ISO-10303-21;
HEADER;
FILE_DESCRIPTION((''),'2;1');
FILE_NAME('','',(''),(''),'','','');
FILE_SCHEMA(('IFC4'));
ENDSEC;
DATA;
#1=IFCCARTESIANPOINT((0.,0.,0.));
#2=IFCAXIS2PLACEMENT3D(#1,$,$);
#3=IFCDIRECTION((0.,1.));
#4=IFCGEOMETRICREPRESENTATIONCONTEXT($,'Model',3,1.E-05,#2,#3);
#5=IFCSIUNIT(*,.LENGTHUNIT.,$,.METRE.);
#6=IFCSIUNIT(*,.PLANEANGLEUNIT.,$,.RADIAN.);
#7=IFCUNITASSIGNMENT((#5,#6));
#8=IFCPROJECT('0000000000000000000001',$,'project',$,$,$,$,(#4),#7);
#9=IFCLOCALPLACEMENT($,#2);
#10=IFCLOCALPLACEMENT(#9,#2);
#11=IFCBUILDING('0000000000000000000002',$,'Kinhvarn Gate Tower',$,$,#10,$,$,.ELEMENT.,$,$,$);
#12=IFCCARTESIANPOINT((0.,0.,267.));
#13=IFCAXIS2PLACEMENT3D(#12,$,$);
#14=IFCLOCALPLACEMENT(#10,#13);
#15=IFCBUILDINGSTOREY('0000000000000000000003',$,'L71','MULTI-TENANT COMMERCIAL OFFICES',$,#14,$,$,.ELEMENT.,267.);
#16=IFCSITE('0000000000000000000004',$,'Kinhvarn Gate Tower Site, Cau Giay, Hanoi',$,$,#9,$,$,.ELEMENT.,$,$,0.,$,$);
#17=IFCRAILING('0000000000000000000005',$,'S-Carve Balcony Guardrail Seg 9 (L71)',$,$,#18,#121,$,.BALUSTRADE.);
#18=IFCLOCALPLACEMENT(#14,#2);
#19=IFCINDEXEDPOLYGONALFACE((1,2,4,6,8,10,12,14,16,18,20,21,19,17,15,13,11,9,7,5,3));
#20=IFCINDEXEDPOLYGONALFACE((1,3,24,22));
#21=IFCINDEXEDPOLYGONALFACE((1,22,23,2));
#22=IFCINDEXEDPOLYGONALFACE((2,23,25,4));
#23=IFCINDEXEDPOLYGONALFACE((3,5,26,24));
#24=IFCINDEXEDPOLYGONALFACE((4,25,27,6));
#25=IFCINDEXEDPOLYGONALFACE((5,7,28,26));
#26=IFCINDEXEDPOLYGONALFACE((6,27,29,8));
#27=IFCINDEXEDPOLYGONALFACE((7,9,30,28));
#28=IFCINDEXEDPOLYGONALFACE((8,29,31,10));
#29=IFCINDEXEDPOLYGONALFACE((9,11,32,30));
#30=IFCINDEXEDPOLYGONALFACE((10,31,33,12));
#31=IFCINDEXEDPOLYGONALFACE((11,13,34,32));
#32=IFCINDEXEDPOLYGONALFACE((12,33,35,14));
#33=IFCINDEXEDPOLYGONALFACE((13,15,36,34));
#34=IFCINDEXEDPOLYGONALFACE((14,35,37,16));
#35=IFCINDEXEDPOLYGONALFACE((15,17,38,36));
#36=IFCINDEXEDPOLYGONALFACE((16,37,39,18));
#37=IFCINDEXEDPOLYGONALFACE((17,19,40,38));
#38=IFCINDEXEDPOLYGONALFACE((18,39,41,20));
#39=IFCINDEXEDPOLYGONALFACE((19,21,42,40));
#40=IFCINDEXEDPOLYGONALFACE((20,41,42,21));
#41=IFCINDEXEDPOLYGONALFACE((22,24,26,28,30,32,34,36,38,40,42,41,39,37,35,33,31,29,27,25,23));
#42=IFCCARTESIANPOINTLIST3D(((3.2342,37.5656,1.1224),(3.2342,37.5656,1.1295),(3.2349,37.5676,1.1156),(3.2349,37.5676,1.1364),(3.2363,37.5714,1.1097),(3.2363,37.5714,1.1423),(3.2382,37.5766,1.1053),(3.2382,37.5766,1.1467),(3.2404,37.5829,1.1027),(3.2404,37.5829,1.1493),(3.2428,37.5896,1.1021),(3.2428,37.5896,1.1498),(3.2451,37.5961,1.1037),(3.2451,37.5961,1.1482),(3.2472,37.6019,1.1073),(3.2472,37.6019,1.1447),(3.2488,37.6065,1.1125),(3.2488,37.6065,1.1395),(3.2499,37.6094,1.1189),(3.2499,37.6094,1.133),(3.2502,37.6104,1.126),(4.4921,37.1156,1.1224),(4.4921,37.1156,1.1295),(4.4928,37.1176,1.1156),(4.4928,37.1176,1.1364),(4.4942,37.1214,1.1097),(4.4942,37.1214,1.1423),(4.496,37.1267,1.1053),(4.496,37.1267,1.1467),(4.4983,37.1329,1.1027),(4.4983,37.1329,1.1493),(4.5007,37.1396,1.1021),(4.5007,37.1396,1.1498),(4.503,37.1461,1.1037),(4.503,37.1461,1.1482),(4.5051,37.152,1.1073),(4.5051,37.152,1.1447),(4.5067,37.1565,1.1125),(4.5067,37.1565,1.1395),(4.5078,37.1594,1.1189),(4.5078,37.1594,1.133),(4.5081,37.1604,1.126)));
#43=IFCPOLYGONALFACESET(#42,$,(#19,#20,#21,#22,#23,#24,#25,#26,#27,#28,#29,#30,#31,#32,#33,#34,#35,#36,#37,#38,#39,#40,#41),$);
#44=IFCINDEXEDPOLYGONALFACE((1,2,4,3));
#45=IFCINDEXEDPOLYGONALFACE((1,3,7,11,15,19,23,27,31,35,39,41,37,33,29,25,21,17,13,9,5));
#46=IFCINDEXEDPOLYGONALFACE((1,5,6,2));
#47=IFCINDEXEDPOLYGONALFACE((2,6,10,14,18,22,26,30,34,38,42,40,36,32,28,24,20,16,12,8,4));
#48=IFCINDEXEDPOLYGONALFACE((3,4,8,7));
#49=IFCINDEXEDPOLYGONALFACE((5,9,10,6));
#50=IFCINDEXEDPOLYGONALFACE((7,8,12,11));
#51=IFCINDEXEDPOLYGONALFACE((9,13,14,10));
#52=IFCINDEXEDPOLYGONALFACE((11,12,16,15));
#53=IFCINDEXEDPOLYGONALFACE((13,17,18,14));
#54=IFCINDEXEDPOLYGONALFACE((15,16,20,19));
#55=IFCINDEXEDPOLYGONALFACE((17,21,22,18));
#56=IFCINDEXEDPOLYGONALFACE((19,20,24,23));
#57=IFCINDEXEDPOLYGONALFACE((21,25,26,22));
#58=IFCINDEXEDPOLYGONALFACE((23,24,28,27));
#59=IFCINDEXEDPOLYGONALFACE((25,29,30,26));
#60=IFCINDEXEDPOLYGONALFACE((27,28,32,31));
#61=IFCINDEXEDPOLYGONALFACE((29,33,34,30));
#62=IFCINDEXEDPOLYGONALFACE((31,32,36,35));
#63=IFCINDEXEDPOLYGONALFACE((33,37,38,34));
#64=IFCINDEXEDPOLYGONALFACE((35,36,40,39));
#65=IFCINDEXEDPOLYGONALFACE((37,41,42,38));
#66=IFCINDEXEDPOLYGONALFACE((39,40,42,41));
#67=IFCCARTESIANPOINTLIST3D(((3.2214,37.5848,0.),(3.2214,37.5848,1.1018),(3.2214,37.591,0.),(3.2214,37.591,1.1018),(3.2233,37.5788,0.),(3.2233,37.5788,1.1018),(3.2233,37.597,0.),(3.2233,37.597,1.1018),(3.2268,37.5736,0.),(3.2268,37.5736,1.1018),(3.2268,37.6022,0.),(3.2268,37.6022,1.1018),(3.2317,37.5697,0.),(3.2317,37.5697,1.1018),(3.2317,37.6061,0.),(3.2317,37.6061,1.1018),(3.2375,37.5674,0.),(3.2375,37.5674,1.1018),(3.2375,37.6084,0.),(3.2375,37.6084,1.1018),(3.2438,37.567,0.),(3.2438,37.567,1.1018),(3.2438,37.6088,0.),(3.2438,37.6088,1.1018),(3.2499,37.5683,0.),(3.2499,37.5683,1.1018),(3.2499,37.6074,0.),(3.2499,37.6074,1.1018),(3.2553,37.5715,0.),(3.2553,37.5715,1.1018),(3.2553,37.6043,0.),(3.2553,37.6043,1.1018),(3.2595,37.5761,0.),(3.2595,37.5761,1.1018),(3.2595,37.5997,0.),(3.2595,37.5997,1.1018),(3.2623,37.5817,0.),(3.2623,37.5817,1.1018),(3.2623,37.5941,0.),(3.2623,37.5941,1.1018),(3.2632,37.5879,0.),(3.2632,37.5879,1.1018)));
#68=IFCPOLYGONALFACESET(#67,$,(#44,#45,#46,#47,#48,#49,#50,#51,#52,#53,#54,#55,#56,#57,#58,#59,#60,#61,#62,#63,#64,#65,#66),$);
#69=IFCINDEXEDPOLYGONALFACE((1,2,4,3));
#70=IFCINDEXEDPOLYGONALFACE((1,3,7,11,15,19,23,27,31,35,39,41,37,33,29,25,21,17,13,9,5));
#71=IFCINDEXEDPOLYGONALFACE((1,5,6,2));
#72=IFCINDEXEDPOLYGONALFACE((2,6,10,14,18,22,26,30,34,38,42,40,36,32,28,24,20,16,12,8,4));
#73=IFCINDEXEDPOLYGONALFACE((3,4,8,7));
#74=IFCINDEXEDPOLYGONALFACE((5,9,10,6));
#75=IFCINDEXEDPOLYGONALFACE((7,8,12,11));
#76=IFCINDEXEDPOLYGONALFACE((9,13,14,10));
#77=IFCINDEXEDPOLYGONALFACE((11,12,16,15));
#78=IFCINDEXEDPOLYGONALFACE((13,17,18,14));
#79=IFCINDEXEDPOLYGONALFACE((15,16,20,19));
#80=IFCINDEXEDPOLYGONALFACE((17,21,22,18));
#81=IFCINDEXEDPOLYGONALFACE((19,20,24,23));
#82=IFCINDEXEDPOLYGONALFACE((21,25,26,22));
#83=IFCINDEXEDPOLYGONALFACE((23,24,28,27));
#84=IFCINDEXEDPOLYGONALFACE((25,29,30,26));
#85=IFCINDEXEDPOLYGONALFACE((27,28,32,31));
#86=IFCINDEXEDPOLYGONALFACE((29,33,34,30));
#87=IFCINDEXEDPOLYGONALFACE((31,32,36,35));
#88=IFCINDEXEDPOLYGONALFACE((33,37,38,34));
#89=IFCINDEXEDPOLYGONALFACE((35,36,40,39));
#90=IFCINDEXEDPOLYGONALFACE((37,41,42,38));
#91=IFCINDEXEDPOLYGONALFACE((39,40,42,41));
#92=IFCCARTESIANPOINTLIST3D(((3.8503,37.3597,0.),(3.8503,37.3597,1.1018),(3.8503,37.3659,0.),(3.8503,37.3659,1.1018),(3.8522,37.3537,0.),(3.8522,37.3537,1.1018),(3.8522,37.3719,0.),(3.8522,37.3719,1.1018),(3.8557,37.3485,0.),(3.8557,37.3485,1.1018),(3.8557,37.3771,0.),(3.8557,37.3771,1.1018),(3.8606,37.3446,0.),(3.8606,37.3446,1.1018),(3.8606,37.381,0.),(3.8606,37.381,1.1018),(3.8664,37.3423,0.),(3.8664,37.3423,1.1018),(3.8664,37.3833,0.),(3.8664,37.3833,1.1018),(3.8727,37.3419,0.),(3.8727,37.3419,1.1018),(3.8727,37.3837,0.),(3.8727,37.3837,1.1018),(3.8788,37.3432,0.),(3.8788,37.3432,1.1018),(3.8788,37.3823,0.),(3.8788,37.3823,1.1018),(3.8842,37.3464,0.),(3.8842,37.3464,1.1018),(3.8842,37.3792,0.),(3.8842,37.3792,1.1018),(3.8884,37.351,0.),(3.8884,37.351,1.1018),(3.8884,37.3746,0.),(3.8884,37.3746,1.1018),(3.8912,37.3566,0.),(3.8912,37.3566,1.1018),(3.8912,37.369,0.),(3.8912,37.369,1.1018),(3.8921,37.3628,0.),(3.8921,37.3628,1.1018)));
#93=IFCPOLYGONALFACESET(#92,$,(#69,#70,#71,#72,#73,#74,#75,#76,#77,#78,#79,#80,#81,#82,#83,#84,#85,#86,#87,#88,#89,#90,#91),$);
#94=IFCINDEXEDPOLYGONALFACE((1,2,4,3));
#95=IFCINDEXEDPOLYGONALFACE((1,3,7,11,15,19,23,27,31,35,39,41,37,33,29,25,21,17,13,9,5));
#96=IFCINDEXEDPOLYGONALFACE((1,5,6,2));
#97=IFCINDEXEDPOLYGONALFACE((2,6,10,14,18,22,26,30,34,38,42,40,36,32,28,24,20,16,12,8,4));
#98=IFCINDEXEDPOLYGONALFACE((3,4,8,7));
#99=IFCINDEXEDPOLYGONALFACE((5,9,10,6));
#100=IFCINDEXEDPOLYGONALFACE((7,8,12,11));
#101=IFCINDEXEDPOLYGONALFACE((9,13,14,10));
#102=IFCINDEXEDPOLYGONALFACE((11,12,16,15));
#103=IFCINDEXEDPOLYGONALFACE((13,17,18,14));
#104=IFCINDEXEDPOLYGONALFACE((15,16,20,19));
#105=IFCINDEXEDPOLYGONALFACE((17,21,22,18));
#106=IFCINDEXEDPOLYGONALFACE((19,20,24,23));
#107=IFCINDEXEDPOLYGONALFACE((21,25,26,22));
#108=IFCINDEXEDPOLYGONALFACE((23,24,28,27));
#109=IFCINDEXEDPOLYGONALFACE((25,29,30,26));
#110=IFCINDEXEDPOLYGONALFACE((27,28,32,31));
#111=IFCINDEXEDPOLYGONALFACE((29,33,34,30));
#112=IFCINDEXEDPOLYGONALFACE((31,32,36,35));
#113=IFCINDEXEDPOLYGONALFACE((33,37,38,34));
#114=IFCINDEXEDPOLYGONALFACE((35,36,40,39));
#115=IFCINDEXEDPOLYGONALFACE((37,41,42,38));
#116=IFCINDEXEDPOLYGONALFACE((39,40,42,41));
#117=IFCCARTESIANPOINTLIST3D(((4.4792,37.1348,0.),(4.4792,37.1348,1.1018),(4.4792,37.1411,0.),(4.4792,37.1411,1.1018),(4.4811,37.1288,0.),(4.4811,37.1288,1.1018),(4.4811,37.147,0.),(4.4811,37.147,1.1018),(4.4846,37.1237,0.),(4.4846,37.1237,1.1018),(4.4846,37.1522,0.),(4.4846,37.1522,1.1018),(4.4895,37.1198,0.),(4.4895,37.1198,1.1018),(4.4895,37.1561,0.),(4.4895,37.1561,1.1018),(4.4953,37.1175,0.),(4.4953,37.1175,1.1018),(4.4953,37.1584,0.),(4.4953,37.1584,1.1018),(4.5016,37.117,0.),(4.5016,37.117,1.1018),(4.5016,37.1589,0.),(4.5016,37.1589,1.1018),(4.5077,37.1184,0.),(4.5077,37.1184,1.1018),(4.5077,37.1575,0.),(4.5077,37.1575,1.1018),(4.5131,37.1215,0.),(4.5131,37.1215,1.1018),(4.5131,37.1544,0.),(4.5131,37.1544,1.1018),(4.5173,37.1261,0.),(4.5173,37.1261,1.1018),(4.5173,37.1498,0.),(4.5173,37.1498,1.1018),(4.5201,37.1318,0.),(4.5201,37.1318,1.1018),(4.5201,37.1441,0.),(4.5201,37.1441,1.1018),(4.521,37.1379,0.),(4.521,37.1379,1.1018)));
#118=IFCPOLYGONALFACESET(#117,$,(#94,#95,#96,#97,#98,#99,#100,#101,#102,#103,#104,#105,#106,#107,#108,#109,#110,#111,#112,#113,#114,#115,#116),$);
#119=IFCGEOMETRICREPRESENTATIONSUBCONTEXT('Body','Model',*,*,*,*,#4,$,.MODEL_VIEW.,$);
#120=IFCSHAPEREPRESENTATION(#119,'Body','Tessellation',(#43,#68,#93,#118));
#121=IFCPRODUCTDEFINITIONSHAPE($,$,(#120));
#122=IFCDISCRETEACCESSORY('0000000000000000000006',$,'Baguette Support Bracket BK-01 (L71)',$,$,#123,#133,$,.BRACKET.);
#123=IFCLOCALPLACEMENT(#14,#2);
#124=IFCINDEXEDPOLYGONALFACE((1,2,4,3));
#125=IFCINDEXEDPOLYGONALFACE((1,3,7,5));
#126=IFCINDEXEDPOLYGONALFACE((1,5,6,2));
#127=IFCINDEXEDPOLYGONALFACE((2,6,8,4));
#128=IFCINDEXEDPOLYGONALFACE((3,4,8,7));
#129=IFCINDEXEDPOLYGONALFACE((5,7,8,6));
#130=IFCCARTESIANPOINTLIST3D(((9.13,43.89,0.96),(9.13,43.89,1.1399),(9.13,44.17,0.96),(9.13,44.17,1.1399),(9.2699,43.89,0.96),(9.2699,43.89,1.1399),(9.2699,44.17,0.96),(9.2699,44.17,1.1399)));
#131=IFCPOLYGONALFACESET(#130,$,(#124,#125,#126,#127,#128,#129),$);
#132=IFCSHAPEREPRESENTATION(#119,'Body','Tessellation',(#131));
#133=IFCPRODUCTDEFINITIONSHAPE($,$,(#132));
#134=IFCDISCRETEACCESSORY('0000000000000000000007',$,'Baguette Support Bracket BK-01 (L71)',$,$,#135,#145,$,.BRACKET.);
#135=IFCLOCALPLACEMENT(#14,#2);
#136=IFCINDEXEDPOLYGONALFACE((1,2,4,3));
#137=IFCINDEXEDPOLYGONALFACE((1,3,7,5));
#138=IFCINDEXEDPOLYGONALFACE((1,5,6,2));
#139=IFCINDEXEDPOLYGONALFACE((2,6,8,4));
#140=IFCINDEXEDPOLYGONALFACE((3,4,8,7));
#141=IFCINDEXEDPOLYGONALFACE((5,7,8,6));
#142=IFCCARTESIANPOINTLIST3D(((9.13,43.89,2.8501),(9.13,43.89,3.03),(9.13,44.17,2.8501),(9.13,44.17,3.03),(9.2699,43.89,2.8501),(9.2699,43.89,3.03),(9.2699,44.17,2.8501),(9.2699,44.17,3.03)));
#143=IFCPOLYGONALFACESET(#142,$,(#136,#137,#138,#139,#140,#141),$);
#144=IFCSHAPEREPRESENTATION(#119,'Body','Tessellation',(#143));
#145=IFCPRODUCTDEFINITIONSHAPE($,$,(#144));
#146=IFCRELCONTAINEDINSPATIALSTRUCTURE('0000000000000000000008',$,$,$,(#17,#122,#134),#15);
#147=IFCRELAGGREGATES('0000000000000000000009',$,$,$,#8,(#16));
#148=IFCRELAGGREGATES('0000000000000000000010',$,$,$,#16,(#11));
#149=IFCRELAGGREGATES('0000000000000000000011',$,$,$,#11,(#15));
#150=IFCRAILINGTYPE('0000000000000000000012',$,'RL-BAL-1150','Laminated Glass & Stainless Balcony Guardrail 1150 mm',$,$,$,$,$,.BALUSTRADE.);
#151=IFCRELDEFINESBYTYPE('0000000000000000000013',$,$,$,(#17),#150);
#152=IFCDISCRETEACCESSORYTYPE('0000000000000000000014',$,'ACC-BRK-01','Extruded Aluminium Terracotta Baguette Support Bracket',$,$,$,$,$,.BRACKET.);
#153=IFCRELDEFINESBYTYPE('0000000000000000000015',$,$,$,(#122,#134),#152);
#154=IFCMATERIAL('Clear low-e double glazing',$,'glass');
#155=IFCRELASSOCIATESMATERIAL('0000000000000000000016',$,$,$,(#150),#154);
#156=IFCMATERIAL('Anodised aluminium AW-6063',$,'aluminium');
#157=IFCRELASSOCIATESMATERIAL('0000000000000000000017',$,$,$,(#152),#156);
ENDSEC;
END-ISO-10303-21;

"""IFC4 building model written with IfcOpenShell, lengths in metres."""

from ifc_helpers import new_model, si_unit, direction, frame, origin, origin_2d, place, context, subcontext, project, spatial, rectangle, circle, extrude, material, type_object, element, save


model = new_model("IFC4")

# Units and contexts
model_context = context("Model", 3, precision=1e-05, world=origin(), true_north=direction((0.0, 1.0)))
body_context = subcontext(model_context, "Body", "Model", "MODEL_VIEW")
ifc_project = project(units=[si_unit("LENGTHUNIT", "METRE"), si_unit("PLANEANGLEUNIT", "RADIAN")], contexts=[model_context])

# Site, building, storey
site_placement = place(None, origin())
site = spatial("IfcSite", under=ifc_project, at=site_placement, Name="Kinhvarn Gate Tower Site, Cau Giay, Hanoi", CompositionType="ELEMENT", RefElevation=0.0)
building_placement = place(site_placement, origin())
building = spatial("IfcBuilding", under=site, at=building_placement, Name="Kinhvarn Gate Tower", CompositionType="ELEMENT")
storey_placement = place(building_placement, frame((0.0, 0.0, 267.0)))
storey = spatial("IfcBuildingStorey", under=building, at=storey_placement, Name="L71", Description="MULTI-TENANT COMMERCIAL OFFICES", CompositionType="ELEMENT", Elevation=267.0)

# Shared definitions
ifc_material_1 = material(Name="Anodised aluminium AW-6063", Category="aluminium")

# Shared definitions
ifc_material_2 = material(Name="Clear low-e double glazing", Category="glass")

# Railing
railing_type = type_object("IfcRailingType", Name="RL-BAL-1150", Description="Laminated Glass & Stainless Balcony Guardrail 1150 mm", PredefinedType="BALUSTRADE", material=ifc_material_2)
railing_1_placement = place(storey_placement, frame((3.2422, 37.5879, 0.0)))
element("IfcRailing", 1, at=railing_1_placement, inside=storey, type_object=railing_type, Name="S-Carve Balcony Guardrail Seg 9 (L71)", PredefinedType="BALUSTRADE", context=body_context, shape_type="SweptSolid", body=[
    extrude(circle(Radius=0.0239, at=origin_2d()), frame((0.0, 0.0, 1.126), z_axis=(0.941568, -0.336823, 0.0), x_axis=(0.336823, 0.941568, 0.0)), (0.0, 0.0, 1.0), 1.3359),
    extrude(circle(Radius=0.021, at=origin_2d()), origin(), (0.0, 0.0, 1.0), 1.1018),
    extrude(circle(Radius=0.021, at=origin_2d()), frame((0.6289, -0.2251, 0.0)), (0.0, 0.0, 1.0), 1.1018),
    extrude(circle(Radius=0.021, at=origin_2d()), frame((1.2578, -0.45, 0.0)), (0.0, 0.0, 1.0), 1.1018),
])

# Discrete accessories
discrete_accessory_type = type_object("IfcDiscreteAccessoryType", Name="ACC-BRK-01", Description="Extruded Aluminium Terracotta Baguette Support Bracket", PredefinedType="BRACKET", material=ifc_material_1)
for number, where, z_axis, x_axis, name in (
    (2, (9.2, 44.03, 0.96), (0.0, 0.0, 1.0), (-1.0, 0.0, 0.0), "Baguette Support Bracket BK-01 (L71)"),
    (3, (9.2, 44.03, 2.8501), (0.0, 0.0, 1.0), (-1.0, 0.0, 0.0), "Baguette Support Bracket BK-01 (L71)"),
):
    element("IfcDiscreteAccessory", number, at=place(storey_placement, frame(where, z_axis=z_axis, x_axis=x_axis)), inside=storey, type_object=discrete_accessory_type, Name=name, PredefinedType="BRACKET", context=body_context, shape_type="SweptSolid", body=[
        extrude(rectangle(XDim=0.1399, YDim=0.28, at=origin_2d()), origin(), (0.0, 0.0, 1.0), 0.1799),
    ])

save(model, "model.ifc")
